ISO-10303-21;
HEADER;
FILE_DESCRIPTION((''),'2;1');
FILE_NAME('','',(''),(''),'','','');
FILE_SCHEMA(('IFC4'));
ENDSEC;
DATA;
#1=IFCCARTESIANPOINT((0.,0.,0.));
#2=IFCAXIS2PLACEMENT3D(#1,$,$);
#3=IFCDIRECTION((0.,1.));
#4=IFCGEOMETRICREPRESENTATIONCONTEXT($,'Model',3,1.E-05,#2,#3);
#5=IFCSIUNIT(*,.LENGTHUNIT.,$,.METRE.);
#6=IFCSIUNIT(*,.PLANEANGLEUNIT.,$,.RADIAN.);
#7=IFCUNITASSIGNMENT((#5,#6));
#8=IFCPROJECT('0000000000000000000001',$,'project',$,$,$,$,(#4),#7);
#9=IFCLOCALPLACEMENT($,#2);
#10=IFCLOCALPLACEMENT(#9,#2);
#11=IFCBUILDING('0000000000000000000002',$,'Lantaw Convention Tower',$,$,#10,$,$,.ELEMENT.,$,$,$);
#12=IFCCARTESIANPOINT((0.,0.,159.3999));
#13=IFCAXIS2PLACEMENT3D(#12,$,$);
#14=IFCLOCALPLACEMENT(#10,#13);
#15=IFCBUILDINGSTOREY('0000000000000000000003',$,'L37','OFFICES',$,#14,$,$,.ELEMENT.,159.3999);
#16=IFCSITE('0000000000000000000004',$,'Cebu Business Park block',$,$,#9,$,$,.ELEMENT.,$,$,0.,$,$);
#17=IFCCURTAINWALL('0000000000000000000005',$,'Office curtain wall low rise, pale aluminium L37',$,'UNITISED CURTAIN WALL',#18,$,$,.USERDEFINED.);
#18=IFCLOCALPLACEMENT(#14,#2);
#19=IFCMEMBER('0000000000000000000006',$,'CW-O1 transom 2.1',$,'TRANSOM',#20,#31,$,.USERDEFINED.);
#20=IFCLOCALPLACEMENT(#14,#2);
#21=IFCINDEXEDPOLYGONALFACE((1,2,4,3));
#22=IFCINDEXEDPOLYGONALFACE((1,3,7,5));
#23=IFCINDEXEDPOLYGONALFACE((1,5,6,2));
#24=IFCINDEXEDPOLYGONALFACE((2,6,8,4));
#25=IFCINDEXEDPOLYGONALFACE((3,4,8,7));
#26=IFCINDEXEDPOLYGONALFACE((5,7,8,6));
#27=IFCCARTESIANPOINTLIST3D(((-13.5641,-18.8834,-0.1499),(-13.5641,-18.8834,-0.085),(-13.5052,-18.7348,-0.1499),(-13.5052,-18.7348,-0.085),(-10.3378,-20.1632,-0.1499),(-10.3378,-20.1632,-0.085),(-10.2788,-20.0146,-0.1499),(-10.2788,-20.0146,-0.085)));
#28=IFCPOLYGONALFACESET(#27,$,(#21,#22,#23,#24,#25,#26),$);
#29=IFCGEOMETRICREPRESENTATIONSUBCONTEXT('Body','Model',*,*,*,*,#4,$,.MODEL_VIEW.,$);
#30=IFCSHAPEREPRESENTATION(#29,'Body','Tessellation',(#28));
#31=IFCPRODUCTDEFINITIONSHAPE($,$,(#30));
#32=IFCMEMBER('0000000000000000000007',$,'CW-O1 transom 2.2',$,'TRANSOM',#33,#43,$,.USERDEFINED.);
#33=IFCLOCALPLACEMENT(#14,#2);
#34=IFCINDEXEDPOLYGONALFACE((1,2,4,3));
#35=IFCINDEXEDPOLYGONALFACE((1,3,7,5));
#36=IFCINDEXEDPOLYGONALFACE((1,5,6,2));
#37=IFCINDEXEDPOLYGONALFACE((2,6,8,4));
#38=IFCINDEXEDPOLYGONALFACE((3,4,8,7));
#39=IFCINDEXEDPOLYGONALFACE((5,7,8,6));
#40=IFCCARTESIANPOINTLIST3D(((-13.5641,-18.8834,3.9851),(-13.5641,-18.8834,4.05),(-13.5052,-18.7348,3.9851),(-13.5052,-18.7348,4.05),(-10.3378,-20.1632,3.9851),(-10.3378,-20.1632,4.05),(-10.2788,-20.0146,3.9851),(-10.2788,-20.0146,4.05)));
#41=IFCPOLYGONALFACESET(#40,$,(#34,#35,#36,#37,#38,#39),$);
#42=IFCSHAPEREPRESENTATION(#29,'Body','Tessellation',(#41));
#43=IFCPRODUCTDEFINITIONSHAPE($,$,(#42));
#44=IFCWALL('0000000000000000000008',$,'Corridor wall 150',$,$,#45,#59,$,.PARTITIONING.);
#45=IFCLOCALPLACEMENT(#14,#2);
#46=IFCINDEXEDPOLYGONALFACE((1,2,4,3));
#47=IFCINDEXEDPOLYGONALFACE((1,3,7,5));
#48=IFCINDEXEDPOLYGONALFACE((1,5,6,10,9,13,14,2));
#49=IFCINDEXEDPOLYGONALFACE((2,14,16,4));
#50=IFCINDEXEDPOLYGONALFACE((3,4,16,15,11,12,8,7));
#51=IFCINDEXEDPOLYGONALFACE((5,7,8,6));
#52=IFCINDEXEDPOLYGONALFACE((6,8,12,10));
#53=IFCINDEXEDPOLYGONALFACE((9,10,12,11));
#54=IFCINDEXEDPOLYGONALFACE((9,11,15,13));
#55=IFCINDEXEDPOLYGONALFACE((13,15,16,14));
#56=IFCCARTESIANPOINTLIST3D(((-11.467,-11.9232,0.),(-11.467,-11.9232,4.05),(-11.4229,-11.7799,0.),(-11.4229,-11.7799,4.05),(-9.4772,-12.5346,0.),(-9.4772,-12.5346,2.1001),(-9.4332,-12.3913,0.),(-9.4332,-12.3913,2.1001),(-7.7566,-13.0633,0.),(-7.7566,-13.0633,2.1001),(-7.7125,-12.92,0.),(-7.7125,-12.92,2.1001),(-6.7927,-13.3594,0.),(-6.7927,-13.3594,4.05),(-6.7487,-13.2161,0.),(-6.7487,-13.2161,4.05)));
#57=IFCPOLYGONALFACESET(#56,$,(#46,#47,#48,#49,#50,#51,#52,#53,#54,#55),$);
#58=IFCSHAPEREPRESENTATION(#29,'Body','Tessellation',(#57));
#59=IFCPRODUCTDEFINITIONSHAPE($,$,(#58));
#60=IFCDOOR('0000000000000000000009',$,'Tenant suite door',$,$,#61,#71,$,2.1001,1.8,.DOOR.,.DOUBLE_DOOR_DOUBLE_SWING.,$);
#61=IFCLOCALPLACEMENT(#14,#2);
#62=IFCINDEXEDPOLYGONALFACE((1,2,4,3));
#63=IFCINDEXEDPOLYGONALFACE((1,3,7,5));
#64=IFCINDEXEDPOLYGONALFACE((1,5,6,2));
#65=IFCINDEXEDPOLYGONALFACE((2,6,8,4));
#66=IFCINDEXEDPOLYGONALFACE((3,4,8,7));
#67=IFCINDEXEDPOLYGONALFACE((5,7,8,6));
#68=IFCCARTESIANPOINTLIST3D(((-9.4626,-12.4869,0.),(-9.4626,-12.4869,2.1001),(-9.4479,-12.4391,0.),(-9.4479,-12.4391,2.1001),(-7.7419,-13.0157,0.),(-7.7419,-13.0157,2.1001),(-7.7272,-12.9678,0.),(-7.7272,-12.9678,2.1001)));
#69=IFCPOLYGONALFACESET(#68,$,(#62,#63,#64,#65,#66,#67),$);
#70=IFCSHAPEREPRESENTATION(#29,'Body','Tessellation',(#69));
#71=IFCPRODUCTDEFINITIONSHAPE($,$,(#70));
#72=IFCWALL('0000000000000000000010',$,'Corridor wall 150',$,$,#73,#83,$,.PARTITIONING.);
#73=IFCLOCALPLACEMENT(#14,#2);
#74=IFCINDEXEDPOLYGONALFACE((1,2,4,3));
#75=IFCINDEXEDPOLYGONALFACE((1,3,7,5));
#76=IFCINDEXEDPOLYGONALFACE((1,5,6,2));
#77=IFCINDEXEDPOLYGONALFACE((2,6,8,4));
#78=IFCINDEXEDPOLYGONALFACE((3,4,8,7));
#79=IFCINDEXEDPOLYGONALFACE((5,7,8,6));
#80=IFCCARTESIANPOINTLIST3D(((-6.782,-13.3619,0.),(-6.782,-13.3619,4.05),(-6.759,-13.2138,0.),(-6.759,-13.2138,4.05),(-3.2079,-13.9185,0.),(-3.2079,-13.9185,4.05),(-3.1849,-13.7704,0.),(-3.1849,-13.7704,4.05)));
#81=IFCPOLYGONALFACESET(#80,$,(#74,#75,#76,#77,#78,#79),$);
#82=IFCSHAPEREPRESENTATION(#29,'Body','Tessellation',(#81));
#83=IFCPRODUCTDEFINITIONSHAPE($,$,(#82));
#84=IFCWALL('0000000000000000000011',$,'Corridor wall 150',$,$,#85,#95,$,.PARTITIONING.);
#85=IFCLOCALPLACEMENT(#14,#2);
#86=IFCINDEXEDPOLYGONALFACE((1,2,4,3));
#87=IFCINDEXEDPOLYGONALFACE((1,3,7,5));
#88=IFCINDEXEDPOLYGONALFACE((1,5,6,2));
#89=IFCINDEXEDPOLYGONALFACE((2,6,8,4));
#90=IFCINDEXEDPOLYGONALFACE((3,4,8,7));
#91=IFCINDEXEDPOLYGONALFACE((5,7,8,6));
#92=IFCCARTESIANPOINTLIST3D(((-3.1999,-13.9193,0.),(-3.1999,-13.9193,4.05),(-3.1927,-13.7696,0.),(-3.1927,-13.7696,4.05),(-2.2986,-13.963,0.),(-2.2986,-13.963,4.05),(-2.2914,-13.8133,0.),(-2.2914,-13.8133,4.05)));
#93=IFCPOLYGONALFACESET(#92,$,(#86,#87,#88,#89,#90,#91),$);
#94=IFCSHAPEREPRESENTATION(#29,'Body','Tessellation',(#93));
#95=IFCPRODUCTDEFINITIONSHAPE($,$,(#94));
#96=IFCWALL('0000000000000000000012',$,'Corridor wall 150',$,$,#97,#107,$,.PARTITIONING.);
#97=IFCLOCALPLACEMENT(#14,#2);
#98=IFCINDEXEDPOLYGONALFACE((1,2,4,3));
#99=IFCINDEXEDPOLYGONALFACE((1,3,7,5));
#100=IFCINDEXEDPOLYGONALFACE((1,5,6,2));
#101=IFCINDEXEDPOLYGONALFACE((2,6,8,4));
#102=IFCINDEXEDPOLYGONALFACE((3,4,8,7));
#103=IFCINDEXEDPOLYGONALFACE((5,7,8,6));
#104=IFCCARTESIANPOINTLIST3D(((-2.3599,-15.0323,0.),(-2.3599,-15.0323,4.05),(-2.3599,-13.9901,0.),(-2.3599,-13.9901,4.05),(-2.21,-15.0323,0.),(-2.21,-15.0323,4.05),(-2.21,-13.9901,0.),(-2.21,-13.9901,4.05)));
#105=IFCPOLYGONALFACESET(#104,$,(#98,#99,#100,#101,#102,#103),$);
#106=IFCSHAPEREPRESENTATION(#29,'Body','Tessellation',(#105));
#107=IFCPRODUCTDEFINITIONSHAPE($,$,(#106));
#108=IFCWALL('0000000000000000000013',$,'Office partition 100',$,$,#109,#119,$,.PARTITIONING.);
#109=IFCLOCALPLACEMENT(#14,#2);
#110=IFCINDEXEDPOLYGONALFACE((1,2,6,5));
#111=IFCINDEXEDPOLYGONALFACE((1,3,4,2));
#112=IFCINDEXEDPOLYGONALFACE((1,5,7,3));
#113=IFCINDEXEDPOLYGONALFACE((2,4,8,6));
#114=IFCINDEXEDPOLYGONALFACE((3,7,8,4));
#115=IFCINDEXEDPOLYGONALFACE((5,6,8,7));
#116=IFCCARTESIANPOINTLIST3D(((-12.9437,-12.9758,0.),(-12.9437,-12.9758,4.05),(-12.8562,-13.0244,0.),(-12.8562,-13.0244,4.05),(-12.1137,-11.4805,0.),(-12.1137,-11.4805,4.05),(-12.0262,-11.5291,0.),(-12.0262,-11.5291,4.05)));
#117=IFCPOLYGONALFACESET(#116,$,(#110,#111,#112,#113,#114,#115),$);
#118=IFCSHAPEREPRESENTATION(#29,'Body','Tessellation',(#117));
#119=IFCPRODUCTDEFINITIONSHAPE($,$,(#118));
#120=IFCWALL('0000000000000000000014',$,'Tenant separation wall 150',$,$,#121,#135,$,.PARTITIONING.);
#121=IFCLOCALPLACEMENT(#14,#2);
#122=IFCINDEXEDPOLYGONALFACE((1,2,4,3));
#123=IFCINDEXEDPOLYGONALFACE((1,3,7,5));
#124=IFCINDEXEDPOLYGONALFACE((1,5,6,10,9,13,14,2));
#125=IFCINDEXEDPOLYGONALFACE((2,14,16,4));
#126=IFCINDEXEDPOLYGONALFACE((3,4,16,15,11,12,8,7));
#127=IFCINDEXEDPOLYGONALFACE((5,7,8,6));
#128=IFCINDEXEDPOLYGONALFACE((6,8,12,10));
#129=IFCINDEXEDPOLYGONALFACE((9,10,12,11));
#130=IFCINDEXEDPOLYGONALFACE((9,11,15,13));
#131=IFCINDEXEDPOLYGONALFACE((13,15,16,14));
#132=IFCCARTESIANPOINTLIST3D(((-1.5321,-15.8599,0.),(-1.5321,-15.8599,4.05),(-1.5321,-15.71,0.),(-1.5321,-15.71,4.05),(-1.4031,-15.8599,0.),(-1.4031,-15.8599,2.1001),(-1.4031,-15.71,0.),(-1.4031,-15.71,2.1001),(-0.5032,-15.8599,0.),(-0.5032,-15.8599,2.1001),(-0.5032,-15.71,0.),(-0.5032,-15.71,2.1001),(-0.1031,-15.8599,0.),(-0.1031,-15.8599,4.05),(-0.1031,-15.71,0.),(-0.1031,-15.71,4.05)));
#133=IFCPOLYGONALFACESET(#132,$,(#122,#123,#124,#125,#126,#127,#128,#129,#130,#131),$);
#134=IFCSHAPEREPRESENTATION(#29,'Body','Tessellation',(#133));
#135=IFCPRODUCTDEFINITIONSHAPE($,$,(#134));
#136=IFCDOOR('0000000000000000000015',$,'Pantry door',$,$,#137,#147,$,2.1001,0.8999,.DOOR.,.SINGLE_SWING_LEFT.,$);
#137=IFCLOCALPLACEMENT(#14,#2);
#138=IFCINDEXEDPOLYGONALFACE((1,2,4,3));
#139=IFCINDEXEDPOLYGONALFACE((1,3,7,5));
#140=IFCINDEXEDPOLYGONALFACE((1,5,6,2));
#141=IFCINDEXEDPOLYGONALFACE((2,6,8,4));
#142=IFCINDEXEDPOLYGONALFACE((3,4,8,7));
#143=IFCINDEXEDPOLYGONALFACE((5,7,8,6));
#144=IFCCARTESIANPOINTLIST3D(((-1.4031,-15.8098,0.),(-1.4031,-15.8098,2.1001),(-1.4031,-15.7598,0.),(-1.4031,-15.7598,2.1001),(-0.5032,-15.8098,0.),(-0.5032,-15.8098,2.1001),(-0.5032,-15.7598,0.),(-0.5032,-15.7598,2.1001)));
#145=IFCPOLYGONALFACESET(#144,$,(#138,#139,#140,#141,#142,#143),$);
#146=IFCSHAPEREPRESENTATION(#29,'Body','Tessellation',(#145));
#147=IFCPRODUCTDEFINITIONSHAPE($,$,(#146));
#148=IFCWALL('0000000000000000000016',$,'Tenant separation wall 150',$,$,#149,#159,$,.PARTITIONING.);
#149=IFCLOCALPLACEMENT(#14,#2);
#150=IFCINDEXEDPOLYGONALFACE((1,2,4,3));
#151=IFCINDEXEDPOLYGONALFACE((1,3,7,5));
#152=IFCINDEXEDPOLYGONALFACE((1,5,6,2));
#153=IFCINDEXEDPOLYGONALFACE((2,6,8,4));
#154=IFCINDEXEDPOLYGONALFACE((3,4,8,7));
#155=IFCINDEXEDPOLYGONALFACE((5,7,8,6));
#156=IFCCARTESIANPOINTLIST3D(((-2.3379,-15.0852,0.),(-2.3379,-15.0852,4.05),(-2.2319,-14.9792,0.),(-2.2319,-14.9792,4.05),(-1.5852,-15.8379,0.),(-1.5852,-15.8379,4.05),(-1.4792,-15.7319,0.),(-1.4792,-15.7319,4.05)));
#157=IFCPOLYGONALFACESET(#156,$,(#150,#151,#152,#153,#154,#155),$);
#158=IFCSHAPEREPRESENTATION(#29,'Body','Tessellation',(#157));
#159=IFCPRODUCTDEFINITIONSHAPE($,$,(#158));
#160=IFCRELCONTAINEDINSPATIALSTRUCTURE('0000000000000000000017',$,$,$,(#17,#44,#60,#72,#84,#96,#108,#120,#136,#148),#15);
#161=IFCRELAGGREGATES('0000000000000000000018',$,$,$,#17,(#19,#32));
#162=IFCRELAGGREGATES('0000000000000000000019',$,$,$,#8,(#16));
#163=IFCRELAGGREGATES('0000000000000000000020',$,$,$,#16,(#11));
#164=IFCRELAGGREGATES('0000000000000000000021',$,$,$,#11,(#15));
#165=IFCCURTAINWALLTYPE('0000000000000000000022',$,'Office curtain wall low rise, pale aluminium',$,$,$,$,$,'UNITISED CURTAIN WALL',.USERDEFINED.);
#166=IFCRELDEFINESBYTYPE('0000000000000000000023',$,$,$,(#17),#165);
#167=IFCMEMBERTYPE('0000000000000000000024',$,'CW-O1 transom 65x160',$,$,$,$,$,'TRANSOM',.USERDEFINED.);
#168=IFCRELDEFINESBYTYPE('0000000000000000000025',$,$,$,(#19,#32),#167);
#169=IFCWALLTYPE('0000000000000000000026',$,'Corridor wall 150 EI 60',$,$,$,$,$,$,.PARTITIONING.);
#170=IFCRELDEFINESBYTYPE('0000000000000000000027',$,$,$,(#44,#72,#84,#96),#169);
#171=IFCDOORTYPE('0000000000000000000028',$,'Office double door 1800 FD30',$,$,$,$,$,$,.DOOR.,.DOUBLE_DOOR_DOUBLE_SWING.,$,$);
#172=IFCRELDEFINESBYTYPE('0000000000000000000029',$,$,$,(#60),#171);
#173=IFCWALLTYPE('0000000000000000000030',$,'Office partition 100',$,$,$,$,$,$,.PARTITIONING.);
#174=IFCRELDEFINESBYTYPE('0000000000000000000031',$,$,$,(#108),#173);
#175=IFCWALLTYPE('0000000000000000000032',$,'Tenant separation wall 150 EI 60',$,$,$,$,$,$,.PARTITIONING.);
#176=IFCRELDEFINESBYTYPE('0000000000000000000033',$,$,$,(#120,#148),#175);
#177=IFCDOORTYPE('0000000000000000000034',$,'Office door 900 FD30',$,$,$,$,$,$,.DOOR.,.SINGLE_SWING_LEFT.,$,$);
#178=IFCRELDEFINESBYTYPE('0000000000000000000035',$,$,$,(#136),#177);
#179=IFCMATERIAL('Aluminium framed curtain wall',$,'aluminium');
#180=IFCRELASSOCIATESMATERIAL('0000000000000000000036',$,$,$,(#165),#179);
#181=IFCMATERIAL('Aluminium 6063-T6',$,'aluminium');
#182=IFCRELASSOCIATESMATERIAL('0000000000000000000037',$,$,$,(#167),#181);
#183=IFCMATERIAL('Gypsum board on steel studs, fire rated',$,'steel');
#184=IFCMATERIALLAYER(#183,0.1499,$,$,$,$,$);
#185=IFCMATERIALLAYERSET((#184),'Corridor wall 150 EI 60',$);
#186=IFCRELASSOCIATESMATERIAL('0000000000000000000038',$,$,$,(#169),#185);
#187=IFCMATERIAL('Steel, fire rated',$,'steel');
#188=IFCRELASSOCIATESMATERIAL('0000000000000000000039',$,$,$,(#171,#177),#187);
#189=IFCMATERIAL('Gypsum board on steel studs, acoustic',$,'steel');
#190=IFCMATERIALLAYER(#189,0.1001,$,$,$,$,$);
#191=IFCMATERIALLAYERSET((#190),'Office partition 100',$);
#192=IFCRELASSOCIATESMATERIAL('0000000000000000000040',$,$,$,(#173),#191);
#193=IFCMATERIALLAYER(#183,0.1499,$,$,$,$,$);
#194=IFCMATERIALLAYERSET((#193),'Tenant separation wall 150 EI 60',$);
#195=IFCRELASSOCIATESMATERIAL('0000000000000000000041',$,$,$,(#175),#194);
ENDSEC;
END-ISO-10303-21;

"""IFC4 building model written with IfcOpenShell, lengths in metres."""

from ifc_helpers import new_model, si_unit, direction, frame, frame_2d, origin, origin_2d, place, context, subcontext, project, spatial, rectangle, extrude, material, layer, layer_set, material_profile, profile_set, type_object, element, fill, aggregate, save


model = new_model("IFC4")

# Units and contexts
model_context = context("Model", 3, precision=1e-05, world=origin(), true_north=direction((0.0, 1.0)))
body_context = subcontext(model_context, "Body", "Model", "MODEL_VIEW")
ifc_project = project(units=[si_unit("LENGTHUNIT", "METRE"), si_unit("PLANEANGLEUNIT", "RADIAN")], contexts=[model_context])

# Site, building, storey
site_placement = place(None, origin())
site = spatial("IfcSite", under=ifc_project, at=site_placement, Name="Cebu Business Park block", CompositionType="ELEMENT", RefElevation=0.0)
building_placement = place(site_placement, origin())
building = spatial("IfcBuilding", under=site, at=building_placement, Name="Lantaw Convention Tower", CompositionType="ELEMENT")
storey_placement = place(building_placement, frame((0.0, 0.0, 159.3999)))
storey = spatial("IfcBuildingStorey", under=building, at=storey_placement, Name="L37", Description="OFFICES", CompositionType="ELEMENT", Elevation=159.3999)

# Curtain wall, members
ifc_material_1 = material(Name="Aluminium framed curtain wall", Category="aluminium")
curtain_wall_type = type_object("IfcCurtainWallType", Name="Office curtain wall low rise, pale aluminium", ElementType="UNITISED CURTAIN WALL", PredefinedType="USERDEFINED", material=ifc_material_1)
curtain_wall_placement = place(storey_placement, origin())
curtain_wall = element("IfcCurtainWall", 1, at=curtain_wall_placement, inside=storey, type_object=curtain_wall_type, Name="Office curtain wall low rise, pale aluminium L37", ObjectType="UNITISED CURTAIN WALL", PredefinedType="USERDEFINED")
ifc_material_2 = material(Name="Aluminium 6063-T6", Category="aluminium")
ifc_material_profile_1 = material_profile(ifc_material_2, rectangle(XDim=0.1599, YDim=0.0649, at=origin_2d()), Name="CW-O1 transom 65x160")
ifc_profile_set_1 = profile_set([ifc_material_profile_1], Name="Aluminium 6063-T6")
member_type_1 = type_object("IfcMemberType", Name="CW-O1 transom 65x160", ElementType="TRANSOM", PredefinedType="USERDEFINED", material=ifc_profile_set_1)
member_1_placement = place(storey_placement, frame((-13.5347, -18.8091, -0.1174), z_axis=(0.92954, -0.368721, 0.0), x_axis=(0.368721, 0.92954, 0.0)))
member_1 = element("IfcMember", 2, at=member_1_placement, type_object=member_type_1, Name="CW-O1 transom 2.1", ObjectType="TRANSOM", PredefinedType="USERDEFINED", context=body_context, shape_type="SweptSolid", body=[
    extrude(rectangle(XDim=0.1599, YDim=0.0649, at=origin_2d()), origin(), (0.0, 0.0, 1.0), 3.4709),
])
member_2_placement = place(storey_placement, frame((-13.5347, -18.8091, 4.0176), z_axis=(0.92954, -0.368721, 0.0), x_axis=(0.368721, 0.92954, 0.0)))
member_2 = element("IfcMember", 3, at=member_2_placement, type_object=member_type_1, Name="CW-O1 transom 2.2", ObjectType="TRANSOM", PredefinedType="USERDEFINED", context=body_context, shape_type="SweptSolid", body=[
    extrude(rectangle(XDim=0.1599, YDim=0.0649, at=origin_2d()), origin(), (0.0, 0.0, 1.0), 3.4709),
])
aggregate(curtain_wall, [member_1, member_2])

# Wall, opening, door
ifc_material_3 = material(Name="Gypsum board on steel studs, fire rated", Category="steel")
ifc_layer_1 = layer(ifc_material_3, 0.1499)
ifc_layer_set_1 = layer_set([ifc_layer_1], Name="Corridor wall 150 EI 60")
wall_type_1 = type_object("IfcWallType", Name="Corridor wall 150 EI 60", PredefinedType="PARTITIONING", material=ifc_layer_set_1)
wall_1_placement = place(storey_placement, frame((-11.4448, -11.8516, 0.0), z_axis=(0.0, 0.0, 1.0), x_axis=(0.955892, -0.293717, 0.0)))
wall_1 = element("IfcWall", 4, at=wall_1_placement, inside=storey, type_object=wall_type_1, Name="Corridor wall 150", PredefinedType="PARTITIONING", context=body_context, shape_type="SweptSolid", body=[
    extrude(rectangle(XDim=4.8899, YDim=0.1499, at=frame_2d((2.4448, 0.0))), origin(), (0.0, 0.0, 1.0), 4.05),
])
opening_1_placement = place(wall_1_placement, frame((2.0815, 0.0, 0.0)))
opening_1 = element("IfcOpeningElement", 5, at=opening_1_placement, cuts=wall_1, PredefinedType="OPENING", context=body_context, shape_type="SweptSolid", body=[
    extrude(rectangle(XDim=1.8, YDim=2.1001, at=frame_2d((0.8999, 1.05))), frame((0.0, 0.085, 0.0), z_axis=(0.0, -1.0, 0.0), x_axis=(1.0, 0.0, 0.0)), (0.0, 0.0, 1.0), 0.1699),
])
ifc_material_4 = material(Name="Steel, fire rated", Category="steel")
door_type_1 = type_object("IfcDoorType", Name="Office double door 1800 FD30", OperationType="DOUBLE_DOOR_DOUBLE_SWING", PredefinedType="DOOR", material=ifc_material_4)
door_1_placement = place(opening_1_placement, origin())
door_1 = element("IfcDoor", 6, at=door_1_placement, inside=storey, type_object=door_type_1, Name="Tenant suite door", OperationType="DOUBLE_DOOR_DOUBLE_SWING", OverallHeight=2.1001, OverallWidth=1.8, PredefinedType="DOOR", context=body_context, shape_type="SweptSolid", body=[
    extrude(rectangle(XDim=1.8, YDim=2.1001, at=frame_2d((0.8999, 1.05))), frame((0.0, 0.0249, 0.0), z_axis=(0.0, -1.0, 0.0), x_axis=(1.0, 0.0, 0.0)), (0.0, 0.0, 1.0), 0.05),
])
fill(opening_1, door_1)

# Walls
wall_2_placement = place(storey_placement, frame((-6.7705, -13.2878, 0.0), z_axis=(0.0, 0.0, 1.0), x_axis=(0.988089, -0.153883, 0.0)))
element("IfcWall", 7, at=wall_2_placement, inside=storey, type_object=wall_type_1, Name="Corridor wall 150", PredefinedType="PARTITIONING", context=body_context, shape_type="SweptSolid", body=[
    extrude(rectangle(XDim=3.6172, YDim=0.1499, at=frame_2d((1.8086, 0.0))), origin(), (0.0, 0.0, 1.0), 4.05),
])
wall_3_placement = place(storey_placement, frame((-3.1963, -13.8445, 0.0), z_axis=(0.0, 0.0, 1.0), x_axis=(0.998827, -0.048426, 0.0)))
element("IfcWall", 8, at=wall_3_placement, inside=storey, type_object=wall_type_1, Name="Corridor wall 150", PredefinedType="PARTITIONING", context=body_context, shape_type="SweptSolid", body=[
    extrude(rectangle(XDim=0.9023, YDim=0.1499, at=frame_2d((0.4512, 0.0))), origin(), (0.0, 0.0, 1.0), 4.05),
])
wall_4_placement = place(storey_placement, frame((-2.2849, -15.0322, 0.0), z_axis=(0.0, 0.0, 1.0), x_axis=(0.0, 1.0, 0.0)))
element("IfcWall", 9, at=wall_4_placement, inside=storey, type_object=wall_type_1, Name="Corridor wall 150", PredefinedType="PARTITIONING", context=body_context, shape_type="SweptSolid", body=[
    extrude(rectangle(XDim=1.0422, YDim=0.1499, at=frame_2d((0.521, 0.0))), origin(), (0.0, 0.0, 1.0), 4.05),
])
ifc_material_5 = material(Name="Gypsum board on steel studs, acoustic", Category="steel")
ifc_layer_2 = layer(ifc_material_5, 0.1001)
ifc_layer_set_2 = layer_set([ifc_layer_2], Name="Office partition 100")
wall_type_2 = type_object("IfcWallType", Name="Office partition 100", PredefinedType="PARTITIONING", material=ifc_layer_set_2)
wall_5_placement = place(storey_placement, frame((-12.8999, -13.0, 0.0), z_axis=(0.0, 0.0, 1.0), x_axis=(0.48534, 0.874326, 0.0)))
element("IfcWall", 10, at=wall_5_placement, inside=storey, type_object=wall_type_2, Name="Office partition 100", PredefinedType="PARTITIONING", context=body_context, shape_type="SweptSolid", body=[
    extrude(rectangle(XDim=1.7102, YDim=0.1001, at=frame_2d((0.855, 0.0))), origin(), (0.0, 0.0, 1.0), 4.05),
])

# Wall, opening, door
ifc_layer_3 = layer(ifc_material_3, 0.1499)
ifc_layer_set_3 = layer_set([ifc_layer_3], Name="Tenant separation wall 150 EI 60")
wall_type_3 = type_object("IfcWallType", Name="Tenant separation wall 150 EI 60", PredefinedType="PARTITIONING", material=ifc_layer_set_3)
wall_6_placement = place(storey_placement, frame((-0.1033, -15.7849, 0.0), z_axis=(0.0, 0.0, 1.0), x_axis=(-1.0, 0.0, 0.0)))
wall_6 = element("IfcWall", 11, at=wall_6_placement, inside=storey, type_object=wall_type_3, Name="Tenant separation wall 150", PredefinedType="PARTITIONING", context=body_context, shape_type="SweptSolid", body=[
    extrude(rectangle(XDim=1.429, YDim=0.1499, at=frame_2d((0.7144, 0.0))), origin(), (0.0, 0.0, 1.0), 4.05),
])
opening_2_placement = place(wall_6_placement, frame((0.3999, 0.0, 0.0)))
opening_2 = element("IfcOpeningElement", 12, at=opening_2_placement, cuts=wall_6, PredefinedType="OPENING", context=body_context, shape_type="SweptSolid", body=[
    extrude(rectangle(XDim=0.8999, YDim=2.1001, at=frame_2d((0.45, 1.05))), frame((0.0, 0.085, 0.0), z_axis=(0.0, -1.0, 0.0), x_axis=(1.0, 0.0, 0.0)), (0.0, 0.0, 1.0), 0.1699),
])
door_type_2 = type_object("IfcDoorType", Name="Office door 900 FD30", OperationType="SINGLE_SWING_LEFT", PredefinedType="DOOR", material=ifc_material_4)
door_2_placement = place(opening_2_placement, origin())
door_2 = element("IfcDoor", 13, at=door_2_placement, inside=storey, type_object=door_type_2, Name="Pantry door", OperationType="SINGLE_SWING_LEFT", OverallHeight=2.1001, OverallWidth=0.8999, PredefinedType="DOOR", context=body_context, shape_type="SweptSolid", body=[
    extrude(rectangle(XDim=0.8999, YDim=2.1001, at=frame_2d((0.45, 1.05))), frame((0.0, 0.0249, 0.0), z_axis=(0.0, -1.0, 0.0), x_axis=(1.0, 0.0, 0.0)), (0.0, 0.0, 1.0), 0.05),
])
fill(opening_2, door_2)

# Wall
wall_7_placement = place(storey_placement, frame((-1.5322, -15.7849, 0.0), z_axis=(0.0, 0.0, 1.0), x_axis=(-0.707107, 0.707107, 0.0)))
element("IfcWall", 14, at=wall_7_placement, inside=storey, type_object=wall_type_3, Name="Tenant separation wall 150", PredefinedType="PARTITIONING", context=body_context, shape_type="SweptSolid", body=[
    extrude(rectangle(XDim=1.0645, YDim=0.1499, at=frame_2d((0.5322, 0.0))), origin(), (0.0, 0.0, 1.0), 4.05),
])

save(model, "model.ifc")
